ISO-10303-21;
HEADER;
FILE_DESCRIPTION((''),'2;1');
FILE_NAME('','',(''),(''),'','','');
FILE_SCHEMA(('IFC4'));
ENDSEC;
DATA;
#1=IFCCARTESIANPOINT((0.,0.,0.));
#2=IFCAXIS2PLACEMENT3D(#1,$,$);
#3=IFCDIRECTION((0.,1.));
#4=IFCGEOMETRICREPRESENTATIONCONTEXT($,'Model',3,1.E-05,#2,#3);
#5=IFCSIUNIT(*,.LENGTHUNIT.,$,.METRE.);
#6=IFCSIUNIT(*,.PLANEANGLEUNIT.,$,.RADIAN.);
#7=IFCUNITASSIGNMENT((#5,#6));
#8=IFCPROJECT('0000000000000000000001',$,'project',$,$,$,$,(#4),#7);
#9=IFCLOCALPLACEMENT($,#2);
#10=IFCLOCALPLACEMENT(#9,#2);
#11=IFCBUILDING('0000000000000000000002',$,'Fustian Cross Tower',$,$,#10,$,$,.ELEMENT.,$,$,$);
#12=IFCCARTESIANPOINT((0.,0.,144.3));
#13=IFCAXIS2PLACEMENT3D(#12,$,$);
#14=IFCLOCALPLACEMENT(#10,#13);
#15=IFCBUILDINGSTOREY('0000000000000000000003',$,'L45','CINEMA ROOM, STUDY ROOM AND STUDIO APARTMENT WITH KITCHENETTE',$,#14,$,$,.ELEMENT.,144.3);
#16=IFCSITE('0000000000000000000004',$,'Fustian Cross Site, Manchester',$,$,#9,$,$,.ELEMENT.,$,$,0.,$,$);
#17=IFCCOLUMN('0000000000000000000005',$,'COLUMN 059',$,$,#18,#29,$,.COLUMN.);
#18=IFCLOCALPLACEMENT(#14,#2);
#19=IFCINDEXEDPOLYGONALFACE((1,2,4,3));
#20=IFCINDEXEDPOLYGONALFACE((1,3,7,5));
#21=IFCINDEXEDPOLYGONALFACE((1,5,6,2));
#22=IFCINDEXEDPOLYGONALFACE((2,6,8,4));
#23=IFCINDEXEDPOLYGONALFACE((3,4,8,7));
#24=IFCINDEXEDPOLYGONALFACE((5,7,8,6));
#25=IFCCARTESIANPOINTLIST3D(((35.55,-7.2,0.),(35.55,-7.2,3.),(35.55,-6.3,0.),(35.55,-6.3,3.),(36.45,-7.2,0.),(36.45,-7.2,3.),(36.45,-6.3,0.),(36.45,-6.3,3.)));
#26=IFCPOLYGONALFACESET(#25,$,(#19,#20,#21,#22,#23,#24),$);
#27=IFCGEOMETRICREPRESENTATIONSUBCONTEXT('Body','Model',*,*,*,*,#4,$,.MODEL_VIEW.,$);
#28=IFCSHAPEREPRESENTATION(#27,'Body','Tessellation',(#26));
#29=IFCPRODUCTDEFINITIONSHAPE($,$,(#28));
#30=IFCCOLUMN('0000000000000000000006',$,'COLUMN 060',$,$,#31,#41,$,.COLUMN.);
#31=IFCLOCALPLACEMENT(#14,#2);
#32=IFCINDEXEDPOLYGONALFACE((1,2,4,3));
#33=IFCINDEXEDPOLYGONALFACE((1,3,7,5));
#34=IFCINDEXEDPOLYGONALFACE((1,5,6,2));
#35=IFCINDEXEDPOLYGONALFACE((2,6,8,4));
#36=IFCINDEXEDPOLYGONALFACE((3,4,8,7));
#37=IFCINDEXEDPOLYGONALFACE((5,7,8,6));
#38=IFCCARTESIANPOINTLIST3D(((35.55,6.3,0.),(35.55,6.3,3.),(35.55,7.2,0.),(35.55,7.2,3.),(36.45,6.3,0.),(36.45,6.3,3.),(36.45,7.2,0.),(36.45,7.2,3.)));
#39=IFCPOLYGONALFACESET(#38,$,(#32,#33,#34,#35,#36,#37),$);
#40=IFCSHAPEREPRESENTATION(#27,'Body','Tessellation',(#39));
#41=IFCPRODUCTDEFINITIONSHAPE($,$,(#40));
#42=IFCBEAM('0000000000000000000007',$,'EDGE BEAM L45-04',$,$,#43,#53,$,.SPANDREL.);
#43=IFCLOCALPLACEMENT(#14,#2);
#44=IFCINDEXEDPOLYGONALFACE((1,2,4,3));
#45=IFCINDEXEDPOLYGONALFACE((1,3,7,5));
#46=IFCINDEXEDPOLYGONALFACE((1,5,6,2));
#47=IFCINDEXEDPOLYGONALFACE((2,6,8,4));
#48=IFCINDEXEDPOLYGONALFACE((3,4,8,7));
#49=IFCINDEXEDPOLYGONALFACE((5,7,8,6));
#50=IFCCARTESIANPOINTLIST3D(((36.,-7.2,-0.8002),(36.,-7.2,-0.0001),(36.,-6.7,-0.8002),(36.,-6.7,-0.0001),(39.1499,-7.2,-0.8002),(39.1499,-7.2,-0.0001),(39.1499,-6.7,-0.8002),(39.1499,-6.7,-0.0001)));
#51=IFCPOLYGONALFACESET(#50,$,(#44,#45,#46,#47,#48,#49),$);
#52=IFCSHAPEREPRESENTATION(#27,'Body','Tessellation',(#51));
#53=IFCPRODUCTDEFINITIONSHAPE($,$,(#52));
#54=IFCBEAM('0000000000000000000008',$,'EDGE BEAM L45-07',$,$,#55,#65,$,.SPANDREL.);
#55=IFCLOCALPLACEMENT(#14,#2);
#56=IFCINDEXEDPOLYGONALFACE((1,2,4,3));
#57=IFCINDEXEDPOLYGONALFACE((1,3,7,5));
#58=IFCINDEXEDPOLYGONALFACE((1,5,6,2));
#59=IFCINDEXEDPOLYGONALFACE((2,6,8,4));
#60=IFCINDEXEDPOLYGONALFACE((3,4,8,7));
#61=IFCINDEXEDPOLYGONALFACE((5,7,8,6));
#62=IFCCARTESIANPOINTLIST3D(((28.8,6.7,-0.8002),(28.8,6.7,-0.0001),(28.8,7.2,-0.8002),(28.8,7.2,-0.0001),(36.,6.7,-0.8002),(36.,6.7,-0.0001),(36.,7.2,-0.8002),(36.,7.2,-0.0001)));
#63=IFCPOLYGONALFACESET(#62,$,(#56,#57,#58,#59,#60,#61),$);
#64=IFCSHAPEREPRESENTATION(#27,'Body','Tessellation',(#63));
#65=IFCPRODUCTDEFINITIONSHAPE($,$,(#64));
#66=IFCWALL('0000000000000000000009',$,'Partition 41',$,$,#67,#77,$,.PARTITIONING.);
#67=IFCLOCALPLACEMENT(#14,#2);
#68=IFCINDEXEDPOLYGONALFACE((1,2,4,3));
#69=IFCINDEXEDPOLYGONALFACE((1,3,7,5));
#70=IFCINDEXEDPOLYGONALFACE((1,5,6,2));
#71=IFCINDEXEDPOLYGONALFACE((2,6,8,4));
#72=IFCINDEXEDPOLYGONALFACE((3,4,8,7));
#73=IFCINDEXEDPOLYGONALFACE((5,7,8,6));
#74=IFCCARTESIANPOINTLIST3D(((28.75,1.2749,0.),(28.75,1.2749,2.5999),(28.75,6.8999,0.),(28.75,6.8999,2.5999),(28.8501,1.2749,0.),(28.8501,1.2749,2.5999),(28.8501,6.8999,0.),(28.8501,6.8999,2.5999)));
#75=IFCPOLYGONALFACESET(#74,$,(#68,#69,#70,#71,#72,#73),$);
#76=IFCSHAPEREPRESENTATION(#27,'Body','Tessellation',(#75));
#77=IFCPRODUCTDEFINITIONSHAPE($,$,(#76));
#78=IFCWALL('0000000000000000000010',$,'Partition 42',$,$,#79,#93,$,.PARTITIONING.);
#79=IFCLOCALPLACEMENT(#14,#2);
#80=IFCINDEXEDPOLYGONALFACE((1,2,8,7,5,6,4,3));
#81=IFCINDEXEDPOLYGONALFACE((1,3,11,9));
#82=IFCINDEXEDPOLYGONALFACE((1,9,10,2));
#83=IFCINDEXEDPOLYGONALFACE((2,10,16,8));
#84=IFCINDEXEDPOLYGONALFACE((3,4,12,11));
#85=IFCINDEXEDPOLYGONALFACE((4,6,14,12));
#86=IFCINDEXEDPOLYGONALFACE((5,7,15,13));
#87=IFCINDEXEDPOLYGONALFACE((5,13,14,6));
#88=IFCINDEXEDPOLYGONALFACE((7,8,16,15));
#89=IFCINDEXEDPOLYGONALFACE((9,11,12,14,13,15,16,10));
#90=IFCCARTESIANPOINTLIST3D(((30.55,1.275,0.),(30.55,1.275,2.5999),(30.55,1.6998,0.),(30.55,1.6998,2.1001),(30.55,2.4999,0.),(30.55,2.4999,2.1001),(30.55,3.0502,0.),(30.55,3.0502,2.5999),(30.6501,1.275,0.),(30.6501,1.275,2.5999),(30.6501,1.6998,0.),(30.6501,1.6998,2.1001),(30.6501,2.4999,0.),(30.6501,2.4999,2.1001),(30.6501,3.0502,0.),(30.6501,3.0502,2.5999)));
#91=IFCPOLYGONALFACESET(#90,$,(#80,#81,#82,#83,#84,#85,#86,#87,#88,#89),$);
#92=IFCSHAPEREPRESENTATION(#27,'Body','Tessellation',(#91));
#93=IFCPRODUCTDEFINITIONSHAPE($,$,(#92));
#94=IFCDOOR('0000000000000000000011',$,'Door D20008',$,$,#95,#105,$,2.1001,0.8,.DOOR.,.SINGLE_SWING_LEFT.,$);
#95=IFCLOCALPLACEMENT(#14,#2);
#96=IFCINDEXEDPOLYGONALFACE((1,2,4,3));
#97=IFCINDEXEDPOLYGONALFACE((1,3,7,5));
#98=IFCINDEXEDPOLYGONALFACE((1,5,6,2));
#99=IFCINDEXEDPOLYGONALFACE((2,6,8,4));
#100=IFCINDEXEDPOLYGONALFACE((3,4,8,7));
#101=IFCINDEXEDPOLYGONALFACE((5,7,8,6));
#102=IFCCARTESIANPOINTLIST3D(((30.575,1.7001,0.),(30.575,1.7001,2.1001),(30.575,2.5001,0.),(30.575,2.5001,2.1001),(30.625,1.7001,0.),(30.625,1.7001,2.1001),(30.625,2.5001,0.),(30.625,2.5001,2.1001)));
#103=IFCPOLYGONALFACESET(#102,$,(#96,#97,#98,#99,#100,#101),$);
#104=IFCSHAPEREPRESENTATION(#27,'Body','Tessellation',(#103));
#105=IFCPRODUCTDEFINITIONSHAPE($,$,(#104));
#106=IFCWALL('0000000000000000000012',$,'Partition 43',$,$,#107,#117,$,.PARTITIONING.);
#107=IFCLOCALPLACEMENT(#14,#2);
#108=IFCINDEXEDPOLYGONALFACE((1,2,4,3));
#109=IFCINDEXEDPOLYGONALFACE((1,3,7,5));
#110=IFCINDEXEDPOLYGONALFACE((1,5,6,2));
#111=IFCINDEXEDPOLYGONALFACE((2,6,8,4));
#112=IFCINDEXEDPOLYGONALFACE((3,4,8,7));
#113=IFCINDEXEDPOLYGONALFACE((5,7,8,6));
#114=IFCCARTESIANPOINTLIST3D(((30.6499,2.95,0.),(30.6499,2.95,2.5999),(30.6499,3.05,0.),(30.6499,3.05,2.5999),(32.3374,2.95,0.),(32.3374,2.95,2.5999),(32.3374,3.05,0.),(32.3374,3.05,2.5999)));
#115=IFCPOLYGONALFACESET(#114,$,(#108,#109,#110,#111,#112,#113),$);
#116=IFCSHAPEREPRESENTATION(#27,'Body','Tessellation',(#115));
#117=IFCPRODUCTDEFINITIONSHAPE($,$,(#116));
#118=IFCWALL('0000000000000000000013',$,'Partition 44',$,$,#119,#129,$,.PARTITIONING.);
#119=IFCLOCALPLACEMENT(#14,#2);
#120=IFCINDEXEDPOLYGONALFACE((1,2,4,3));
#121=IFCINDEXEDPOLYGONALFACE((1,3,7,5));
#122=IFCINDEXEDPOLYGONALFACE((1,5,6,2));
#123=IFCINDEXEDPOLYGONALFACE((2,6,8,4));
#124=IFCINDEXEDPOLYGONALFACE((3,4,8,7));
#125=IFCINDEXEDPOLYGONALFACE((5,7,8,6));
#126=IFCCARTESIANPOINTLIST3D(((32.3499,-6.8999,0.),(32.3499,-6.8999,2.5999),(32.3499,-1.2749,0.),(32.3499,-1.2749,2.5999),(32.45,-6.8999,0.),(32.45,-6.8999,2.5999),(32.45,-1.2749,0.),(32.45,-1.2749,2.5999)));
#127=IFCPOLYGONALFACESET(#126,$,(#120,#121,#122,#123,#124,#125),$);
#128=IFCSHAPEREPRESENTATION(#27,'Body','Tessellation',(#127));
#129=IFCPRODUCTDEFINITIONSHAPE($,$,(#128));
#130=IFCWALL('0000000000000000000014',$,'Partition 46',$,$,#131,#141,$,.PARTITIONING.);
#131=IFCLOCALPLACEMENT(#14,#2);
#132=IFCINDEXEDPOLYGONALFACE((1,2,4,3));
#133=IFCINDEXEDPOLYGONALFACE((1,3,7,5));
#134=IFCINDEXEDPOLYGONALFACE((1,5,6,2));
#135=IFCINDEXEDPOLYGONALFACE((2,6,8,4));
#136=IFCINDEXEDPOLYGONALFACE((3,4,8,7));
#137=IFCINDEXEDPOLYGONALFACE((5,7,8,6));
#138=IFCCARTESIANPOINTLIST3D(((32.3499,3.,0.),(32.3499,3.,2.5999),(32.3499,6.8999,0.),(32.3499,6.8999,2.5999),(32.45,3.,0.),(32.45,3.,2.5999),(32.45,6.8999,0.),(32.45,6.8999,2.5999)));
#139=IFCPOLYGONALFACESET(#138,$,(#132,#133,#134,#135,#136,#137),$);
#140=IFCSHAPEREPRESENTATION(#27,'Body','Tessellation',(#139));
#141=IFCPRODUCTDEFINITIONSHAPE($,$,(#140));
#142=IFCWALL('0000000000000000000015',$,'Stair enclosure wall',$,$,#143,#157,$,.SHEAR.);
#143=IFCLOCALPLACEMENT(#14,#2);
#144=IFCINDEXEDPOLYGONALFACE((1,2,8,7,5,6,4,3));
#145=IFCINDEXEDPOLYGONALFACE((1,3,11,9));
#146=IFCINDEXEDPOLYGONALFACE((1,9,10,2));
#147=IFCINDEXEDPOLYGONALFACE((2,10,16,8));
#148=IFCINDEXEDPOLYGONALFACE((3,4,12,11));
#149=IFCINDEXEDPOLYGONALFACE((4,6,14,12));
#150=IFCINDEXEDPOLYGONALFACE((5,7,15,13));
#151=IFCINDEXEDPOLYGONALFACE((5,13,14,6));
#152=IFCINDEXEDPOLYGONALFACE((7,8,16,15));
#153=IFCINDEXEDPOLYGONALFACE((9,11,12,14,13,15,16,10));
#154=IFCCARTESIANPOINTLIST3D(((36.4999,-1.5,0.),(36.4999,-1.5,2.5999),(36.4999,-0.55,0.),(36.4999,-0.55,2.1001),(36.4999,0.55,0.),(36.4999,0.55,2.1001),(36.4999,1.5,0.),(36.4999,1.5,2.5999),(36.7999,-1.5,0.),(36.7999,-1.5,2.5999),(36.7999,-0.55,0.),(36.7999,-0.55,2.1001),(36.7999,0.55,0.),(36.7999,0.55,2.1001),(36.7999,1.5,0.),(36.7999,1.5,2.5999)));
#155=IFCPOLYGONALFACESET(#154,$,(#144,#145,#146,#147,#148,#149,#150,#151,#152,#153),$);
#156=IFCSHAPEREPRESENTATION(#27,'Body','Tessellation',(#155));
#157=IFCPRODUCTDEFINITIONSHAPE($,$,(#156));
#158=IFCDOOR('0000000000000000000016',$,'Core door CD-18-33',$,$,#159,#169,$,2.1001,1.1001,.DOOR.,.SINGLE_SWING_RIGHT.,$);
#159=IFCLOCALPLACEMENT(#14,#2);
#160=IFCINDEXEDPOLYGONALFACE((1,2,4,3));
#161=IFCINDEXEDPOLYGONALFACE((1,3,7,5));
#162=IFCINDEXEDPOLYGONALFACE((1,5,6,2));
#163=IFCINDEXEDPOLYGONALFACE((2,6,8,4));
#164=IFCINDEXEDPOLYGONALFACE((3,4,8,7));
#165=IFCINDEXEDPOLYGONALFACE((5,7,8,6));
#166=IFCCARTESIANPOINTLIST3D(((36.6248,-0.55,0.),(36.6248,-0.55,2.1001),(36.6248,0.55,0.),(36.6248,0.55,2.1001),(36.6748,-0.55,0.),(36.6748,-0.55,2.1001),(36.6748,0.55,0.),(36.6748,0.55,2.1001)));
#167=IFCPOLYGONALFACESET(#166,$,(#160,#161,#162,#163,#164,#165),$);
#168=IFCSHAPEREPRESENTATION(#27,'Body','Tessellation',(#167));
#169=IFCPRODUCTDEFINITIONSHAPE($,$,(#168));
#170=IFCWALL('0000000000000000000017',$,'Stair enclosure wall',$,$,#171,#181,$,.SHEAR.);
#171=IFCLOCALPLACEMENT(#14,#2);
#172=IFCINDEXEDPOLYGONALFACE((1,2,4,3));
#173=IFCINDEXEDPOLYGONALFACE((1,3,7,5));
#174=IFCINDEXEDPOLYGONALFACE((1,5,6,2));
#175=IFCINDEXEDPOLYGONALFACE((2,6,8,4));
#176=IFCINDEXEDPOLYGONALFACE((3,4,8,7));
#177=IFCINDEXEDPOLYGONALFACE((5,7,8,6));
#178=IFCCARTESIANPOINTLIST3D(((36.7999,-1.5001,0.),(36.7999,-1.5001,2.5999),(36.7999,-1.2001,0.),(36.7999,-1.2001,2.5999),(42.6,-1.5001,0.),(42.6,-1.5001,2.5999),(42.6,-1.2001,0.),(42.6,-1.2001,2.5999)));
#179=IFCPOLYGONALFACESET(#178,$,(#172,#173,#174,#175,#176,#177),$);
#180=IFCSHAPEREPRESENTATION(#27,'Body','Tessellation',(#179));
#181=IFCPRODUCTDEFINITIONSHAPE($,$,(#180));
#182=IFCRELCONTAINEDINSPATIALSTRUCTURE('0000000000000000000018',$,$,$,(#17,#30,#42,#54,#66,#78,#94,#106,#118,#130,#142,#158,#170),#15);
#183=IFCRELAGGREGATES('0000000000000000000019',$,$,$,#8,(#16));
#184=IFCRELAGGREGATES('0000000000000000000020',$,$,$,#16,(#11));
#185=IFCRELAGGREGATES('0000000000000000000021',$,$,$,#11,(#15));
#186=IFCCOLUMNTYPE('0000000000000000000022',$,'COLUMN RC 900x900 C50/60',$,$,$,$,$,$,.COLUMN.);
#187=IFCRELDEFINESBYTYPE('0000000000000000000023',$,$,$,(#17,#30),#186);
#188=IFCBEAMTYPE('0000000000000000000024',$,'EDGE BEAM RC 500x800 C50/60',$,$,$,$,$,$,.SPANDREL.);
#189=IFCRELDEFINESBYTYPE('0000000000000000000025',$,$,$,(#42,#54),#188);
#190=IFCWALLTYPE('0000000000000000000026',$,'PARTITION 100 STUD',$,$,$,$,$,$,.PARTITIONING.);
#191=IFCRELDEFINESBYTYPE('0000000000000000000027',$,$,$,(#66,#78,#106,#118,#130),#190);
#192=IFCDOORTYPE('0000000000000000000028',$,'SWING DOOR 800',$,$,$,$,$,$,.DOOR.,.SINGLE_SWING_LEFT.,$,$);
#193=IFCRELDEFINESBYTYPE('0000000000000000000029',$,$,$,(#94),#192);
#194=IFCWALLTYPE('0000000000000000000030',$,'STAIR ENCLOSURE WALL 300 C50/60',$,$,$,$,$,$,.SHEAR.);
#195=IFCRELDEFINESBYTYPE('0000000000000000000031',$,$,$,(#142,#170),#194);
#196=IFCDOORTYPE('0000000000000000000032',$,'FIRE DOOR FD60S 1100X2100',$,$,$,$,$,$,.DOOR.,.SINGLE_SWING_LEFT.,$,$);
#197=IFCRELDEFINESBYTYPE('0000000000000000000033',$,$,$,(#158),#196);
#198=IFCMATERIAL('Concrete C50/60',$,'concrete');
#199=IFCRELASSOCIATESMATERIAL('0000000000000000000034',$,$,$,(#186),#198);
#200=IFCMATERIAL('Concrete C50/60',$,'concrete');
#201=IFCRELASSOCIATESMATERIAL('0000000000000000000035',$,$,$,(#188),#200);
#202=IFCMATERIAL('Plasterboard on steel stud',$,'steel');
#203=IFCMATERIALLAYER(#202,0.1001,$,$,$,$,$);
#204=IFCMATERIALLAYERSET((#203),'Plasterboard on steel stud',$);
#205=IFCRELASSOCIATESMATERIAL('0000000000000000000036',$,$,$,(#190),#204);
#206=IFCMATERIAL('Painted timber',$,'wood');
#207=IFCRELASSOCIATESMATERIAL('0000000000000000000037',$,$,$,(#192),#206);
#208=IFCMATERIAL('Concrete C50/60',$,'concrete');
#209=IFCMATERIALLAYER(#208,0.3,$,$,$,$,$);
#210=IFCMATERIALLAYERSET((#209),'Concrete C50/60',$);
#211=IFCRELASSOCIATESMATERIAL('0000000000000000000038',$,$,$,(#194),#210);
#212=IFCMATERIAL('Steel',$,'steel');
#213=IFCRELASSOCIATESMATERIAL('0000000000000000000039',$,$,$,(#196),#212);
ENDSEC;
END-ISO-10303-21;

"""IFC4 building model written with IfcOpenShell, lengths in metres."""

from ifc_helpers import new_model, si_unit, direction, frame, frame_2d, origin, origin_2d, place, context, subcontext, project, spatial, rectangle, extrude, material, layer, layer_set, material_profile, profile_set, type_object, element, fill, save


model = new_model("IFC4")

# Units and contexts
model_context = context("Model", 3, precision=1e-05, world=origin(), true_north=direction((0.0, 1.0)))
body_context = subcontext(model_context, "Body", "Model", "MODEL_VIEW")
ifc_project = project(units=[si_unit("LENGTHUNIT", "METRE"), si_unit("PLANEANGLEUNIT", "RADIAN")], contexts=[model_context])

# Site, building, storey
site_placement = place(None, origin())
site = spatial("IfcSite", under=ifc_project, at=site_placement, Name="Fustian Cross Site, Manchester", CompositionType="ELEMENT", RefElevation=0.0)
building_placement = place(site_placement, origin())
building = spatial("IfcBuilding", under=site, at=building_placement, Name="Fustian Cross Tower", CompositionType="ELEMENT")
storey_placement = place(building_placement, frame((0.0, 0.0, 144.3)))
storey = spatial("IfcBuildingStorey", under=building, at=storey_placement, Name="L45", Description="CINEMA ROOM, STUDY ROOM AND STUDIO APARTMENT WITH KITCHENETTE", CompositionType="ELEMENT", Elevation=144.3)

# Columns
ifc_material_1 = material(Name="Concrete C50/60", Category="concrete")
ifc_material_profile_1 = material_profile(ifc_material_1, rectangle(XDim=0.8999, YDim=0.8999, at=origin_2d()), Name="RC 900x900")
ifc_profile_set_1 = profile_set([ifc_material_profile_1], Name="Concrete C50/60")
column_type = type_object("IfcColumnType", Name="COLUMN RC 900x900 C50/60", PredefinedType="COLUMN", material=ifc_profile_set_1)
for number, where, z_axis, x_axis, name in (
    (1, (36.0, -6.75, 0.0), (0.0, 0.0, 1.0), (1.0, 0.0, 0.0), "COLUMN 059"),
    (2, (36.0, 6.75, 0.0), (0.0, 0.0, 1.0), (1.0, 0.0, 0.0), "COLUMN 060"),
):
    element("IfcColumn", number, at=place(storey_placement, frame(where, z_axis=z_axis, x_axis=x_axis)), inside=storey, type_object=column_type, Name=name, PredefinedType="COLUMN", context=body_context, shape_type="SweptSolid", body=[
        extrude(rectangle(XDim=0.8999, YDim=0.8999, at=origin_2d()), origin(), (0.0, 0.0, 1.0), 3.0),
    ])

# Beams
ifc_material_2 = material(Name="Concrete C50/60", Category="concrete")
ifc_material_profile_2 = material_profile(ifc_material_2, rectangle(XDim=0.5, YDim=0.8, at=origin_2d()), Name="RC 500x800")
ifc_profile_set_2 = profile_set([ifc_material_profile_2], Name="Concrete C50/60")
beam_type = type_object("IfcBeamType", Name="EDGE BEAM RC 500x800 C50/60", PredefinedType="SPANDREL", material=ifc_profile_set_2)
beam_1_placement = place(storey_placement, frame((36.0, -6.95, -0.4001), z_axis=(1.0, 0.0, 0.0), x_axis=(0.0, 1.0, 0.0)))
element("IfcBeam", 3, at=beam_1_placement, inside=storey, type_object=beam_type, Name="EDGE BEAM L45-04", PredefinedType="SPANDREL", context=body_context, shape_type="SweptSolid", body=[
    extrude(rectangle(XDim=0.5, YDim=0.8, at=origin_2d()), origin(), (0.0, 0.0, 1.0), 3.1499),
])
beam_2_placement = place(storey_placement, frame((36.0, 6.95, -0.4001), z_axis=(-1.0, 0.0, 0.0), x_axis=(0.0, -1.0, 0.0)))
element("IfcBeam", 4, at=beam_2_placement, inside=storey, type_object=beam_type, Name="EDGE BEAM L45-07", PredefinedType="SPANDREL", context=body_context, shape_type="SweptSolid", body=[
    extrude(rectangle(XDim=0.5, YDim=0.8, at=origin_2d()), origin(), (0.0, 0.0, 1.0), 7.2),
])

# Wall
ifc_material_3 = material(Name="Plasterboard on steel stud", Category="steel")
ifc_layer_1 = layer(ifc_material_3, 0.1001)
ifc_layer_set_1 = layer_set([ifc_layer_1], Name="Plasterboard on steel stud")
wall_type_1 = type_object("IfcWallType", Name="PARTITION 100 STUD", PredefinedType="PARTITIONING", material=ifc_layer_set_1)
wall_1_placement = place(storey_placement, frame((28.8, 1.2749, 0.0), z_axis=(0.0, 0.0, 1.0), x_axis=(0.0, 1.0, 0.0)))
element("IfcWall", 5, at=wall_1_placement, inside=storey, type_object=wall_type_1, Name="Partition 41", PredefinedType="PARTITIONING", context=body_context, shape_type="SweptSolid", body=[
    extrude(rectangle(XDim=5.625, YDim=0.1001, at=frame_2d((2.8125, 0.0))), origin(), (0.0, 0.0, 1.0), 2.5999),
])

# Wall, opening, door
wall_2_placement = place(storey_placement, frame((30.6001, 1.2749, 0.0), z_axis=(0.0, 0.0, 1.0), x_axis=(0.0, 1.0, 0.0)))
wall_2 = element("IfcWall", 6, at=wall_2_placement, inside=storey, type_object=wall_type_1, Name="Partition 42", PredefinedType="PARTITIONING", context=body_context, shape_type="SweptSolid", body=[
    extrude(rectangle(XDim=1.7751, YDim=0.1001, at=frame_2d((0.8877, 0.0))), origin(), (0.0, 0.0, 1.0), 2.5999),
])
opening_1_placement = place(wall_2_placement, frame((0.425, 0.0, 0.0)))
opening_1 = element("IfcOpeningElement", 7, at=opening_1_placement, cuts=wall_2, PredefinedType="OPENING", context=body_context, shape_type="SweptSolid", body=[
    extrude(rectangle(XDim=0.8, YDim=2.1001, at=frame_2d((0.3999, 1.05))), frame((0.0, 0.0601, 0.0), z_axis=(0.0, -1.0, 0.0), x_axis=(1.0, 0.0, 0.0)), (0.0, 0.0, 1.0), 0.1201),
])
ifc_material_4 = material(Name="Painted timber", Category="wood")
door_type_1 = type_object("IfcDoorType", Name="SWING DOOR 800", OperationType="SINGLE_SWING_LEFT", PredefinedType="DOOR", material=ifc_material_4)
door_1_placement = place(opening_1_placement, frame((0.8, 0.0, 0.0), z_axis=(0.0, 0.0, 1.0), x_axis=(-1.0, 0.0, 0.0)))
door_1 = element("IfcDoor", 8, at=door_1_placement, inside=storey, type_object=door_type_1, Name="Door D20008", OperationType="SINGLE_SWING_LEFT", OverallHeight=2.1001, OverallWidth=0.8, PredefinedType="DOOR", context=body_context, shape_type="SweptSolid", body=[
    extrude(rectangle(XDim=0.8, YDim=2.1001, at=frame_2d((0.3999, 1.05))), frame((0.0, 0.0249, 0.0), z_axis=(0.0, -1.0, 0.0), x_axis=(1.0, 0.0, 0.0)), (0.0, 0.0, 1.0), 0.05),
])
fill(opening_1, door_1)

# Walls
wall_3_placement = place(storey_placement, frame((30.6499, 3.0, 0.0), z_axis=(0.0, 0.0, 1.0), x_axis=(1.0, 0.0, 0.0)))
element("IfcWall", 9, at=wall_3_placement, inside=storey, type_object=wall_type_1, Name="Partition 43", PredefinedType="PARTITIONING", context=body_context, shape_type="SweptSolid", body=[
    extrude(rectangle(XDim=1.6875, YDim=0.1001, at=frame_2d((0.8438, 0.0))), origin(), (0.0, 0.0, 1.0), 2.5999),
])
wall_4_placement = place(storey_placement, frame((32.3999, -6.8999, 0.0), z_axis=(0.0, 0.0, 1.0), x_axis=(0.0, 1.0, 0.0)))
element("IfcWall", 10, at=wall_4_placement, inside=storey, type_object=wall_type_1, Name="Partition 44", PredefinedType="PARTITIONING", context=body_context, shape_type="SweptSolid", body=[
    extrude(rectangle(XDim=5.625, YDim=0.1001, at=frame_2d((2.8125, 0.0))), origin(), (0.0, 0.0, 1.0), 2.5999),
])
wall_5_placement = place(storey_placement, frame((32.3999, 3.0, 0.0), z_axis=(0.0, 0.0, 1.0), x_axis=(0.0, 1.0, 0.0)))
element("IfcWall", 11, at=wall_5_placement, inside=storey, type_object=wall_type_1, Name="Partition 46", PredefinedType="PARTITIONING", context=body_context, shape_type="SweptSolid", body=[
    extrude(rectangle(XDim=3.8999, YDim=0.1001, at=frame_2d((1.95, 0.0))), origin(), (0.0, 0.0, 1.0), 2.5999),
])

# Wall, opening, door
ifc_material_5 = material(Name="Concrete C50/60", Category="concrete")
ifc_layer_2 = layer(ifc_material_5, 0.3)
ifc_layer_set_2 = layer_set([ifc_layer_2], Name="Concrete C50/60")
wall_type_2 = type_object("IfcWallType", Name="STAIR ENCLOSURE WALL 300 C50/60", PredefinedType="SHEAR", material=ifc_layer_set_2)
wall_6_placement = place(storey_placement, frame((36.6499, -1.5, 0.0), z_axis=(0.0, 0.0, 1.0), x_axis=(0.0, 1.0, 0.0)))
wall_6 = element("IfcWall", 12, at=wall_6_placement, inside=storey, type_object=wall_type_2, Name="Stair enclosure wall", PredefinedType="SHEAR", context=body_context, shape_type="SweptSolid", body=[
    extrude(rectangle(XDim=3.0, YDim=0.3, at=frame_2d((1.5, 0.0))), origin(), (0.0, 0.0, 1.0), 2.5999),
])
opening_2_placement = place(wall_6_placement, frame((0.95, 0.0, 0.0)))
opening_2 = element("IfcOpeningElement", 13, at=opening_2_placement, cuts=wall_6, PredefinedType="OPENING", context=body_context, shape_type="SweptSolid", body=[
    extrude(rectangle(XDim=1.1001, YDim=2.1001, at=frame_2d((0.55, 1.05))), frame((0.0, 0.1599, 0.0), z_axis=(0.0, -1.0, 0.0), x_axis=(1.0, 0.0, 0.0)), (0.0, 0.0, 1.0), 0.3201),
])
ifc_material_6 = material(Name="Steel", Category="steel")
door_type_2 = type_object("IfcDoorType", Name="FIRE DOOR FD60S 1100X2100", OperationType="SINGLE_SWING_LEFT", PredefinedType="DOOR", material=ifc_material_6)
door_2_placement = place(opening_2_placement, frame((1.1001, 0.0, 0.0), z_axis=(0.0, 0.0, 1.0), x_axis=(-1.0, 0.0, 0.0)))
door_2 = element("IfcDoor", 14, at=door_2_placement, inside=storey, type_object=door_type_2, Name="Core door CD-18-33", OperationType="SINGLE_SWING_RIGHT", OverallHeight=2.1001, OverallWidth=1.1001, PredefinedType="DOOR", context=body_context, shape_type="SweptSolid", body=[
    extrude(rectangle(XDim=1.1001, YDim=2.1001, at=frame_2d((0.55, 1.05))), frame((0.0, 0.0249, 0.0), z_axis=(0.0, -1.0, 0.0), x_axis=(1.0, 0.0, 0.0)), (0.0, 0.0, 1.0), 0.05),
])
fill(opening_2, door_2)

# Wall
for number, where, z_axis, x_axis, name in (
    (15, (36.8, -1.3501, 0.0), (0.0, 0.0, 1.0), (1.0, 0.0, 0.0), "Stair enclosure wall"),
):
    element("IfcWall", number, at=place(storey_placement, frame(where, z_axis=z_axis, x_axis=x_axis)), inside=storey, type_object=wall_type_2, Name=name, PredefinedType="SHEAR", context=body_context, shape_type="SweptSolid", body=[
        extrude(rectangle(XDim=5.8, YDim=0.3, at=frame_2d((2.8999, 0.0))), origin(), (0.0, 0.0, 1.0), 2.5999),
    ])

save(model, "model.ifc")
